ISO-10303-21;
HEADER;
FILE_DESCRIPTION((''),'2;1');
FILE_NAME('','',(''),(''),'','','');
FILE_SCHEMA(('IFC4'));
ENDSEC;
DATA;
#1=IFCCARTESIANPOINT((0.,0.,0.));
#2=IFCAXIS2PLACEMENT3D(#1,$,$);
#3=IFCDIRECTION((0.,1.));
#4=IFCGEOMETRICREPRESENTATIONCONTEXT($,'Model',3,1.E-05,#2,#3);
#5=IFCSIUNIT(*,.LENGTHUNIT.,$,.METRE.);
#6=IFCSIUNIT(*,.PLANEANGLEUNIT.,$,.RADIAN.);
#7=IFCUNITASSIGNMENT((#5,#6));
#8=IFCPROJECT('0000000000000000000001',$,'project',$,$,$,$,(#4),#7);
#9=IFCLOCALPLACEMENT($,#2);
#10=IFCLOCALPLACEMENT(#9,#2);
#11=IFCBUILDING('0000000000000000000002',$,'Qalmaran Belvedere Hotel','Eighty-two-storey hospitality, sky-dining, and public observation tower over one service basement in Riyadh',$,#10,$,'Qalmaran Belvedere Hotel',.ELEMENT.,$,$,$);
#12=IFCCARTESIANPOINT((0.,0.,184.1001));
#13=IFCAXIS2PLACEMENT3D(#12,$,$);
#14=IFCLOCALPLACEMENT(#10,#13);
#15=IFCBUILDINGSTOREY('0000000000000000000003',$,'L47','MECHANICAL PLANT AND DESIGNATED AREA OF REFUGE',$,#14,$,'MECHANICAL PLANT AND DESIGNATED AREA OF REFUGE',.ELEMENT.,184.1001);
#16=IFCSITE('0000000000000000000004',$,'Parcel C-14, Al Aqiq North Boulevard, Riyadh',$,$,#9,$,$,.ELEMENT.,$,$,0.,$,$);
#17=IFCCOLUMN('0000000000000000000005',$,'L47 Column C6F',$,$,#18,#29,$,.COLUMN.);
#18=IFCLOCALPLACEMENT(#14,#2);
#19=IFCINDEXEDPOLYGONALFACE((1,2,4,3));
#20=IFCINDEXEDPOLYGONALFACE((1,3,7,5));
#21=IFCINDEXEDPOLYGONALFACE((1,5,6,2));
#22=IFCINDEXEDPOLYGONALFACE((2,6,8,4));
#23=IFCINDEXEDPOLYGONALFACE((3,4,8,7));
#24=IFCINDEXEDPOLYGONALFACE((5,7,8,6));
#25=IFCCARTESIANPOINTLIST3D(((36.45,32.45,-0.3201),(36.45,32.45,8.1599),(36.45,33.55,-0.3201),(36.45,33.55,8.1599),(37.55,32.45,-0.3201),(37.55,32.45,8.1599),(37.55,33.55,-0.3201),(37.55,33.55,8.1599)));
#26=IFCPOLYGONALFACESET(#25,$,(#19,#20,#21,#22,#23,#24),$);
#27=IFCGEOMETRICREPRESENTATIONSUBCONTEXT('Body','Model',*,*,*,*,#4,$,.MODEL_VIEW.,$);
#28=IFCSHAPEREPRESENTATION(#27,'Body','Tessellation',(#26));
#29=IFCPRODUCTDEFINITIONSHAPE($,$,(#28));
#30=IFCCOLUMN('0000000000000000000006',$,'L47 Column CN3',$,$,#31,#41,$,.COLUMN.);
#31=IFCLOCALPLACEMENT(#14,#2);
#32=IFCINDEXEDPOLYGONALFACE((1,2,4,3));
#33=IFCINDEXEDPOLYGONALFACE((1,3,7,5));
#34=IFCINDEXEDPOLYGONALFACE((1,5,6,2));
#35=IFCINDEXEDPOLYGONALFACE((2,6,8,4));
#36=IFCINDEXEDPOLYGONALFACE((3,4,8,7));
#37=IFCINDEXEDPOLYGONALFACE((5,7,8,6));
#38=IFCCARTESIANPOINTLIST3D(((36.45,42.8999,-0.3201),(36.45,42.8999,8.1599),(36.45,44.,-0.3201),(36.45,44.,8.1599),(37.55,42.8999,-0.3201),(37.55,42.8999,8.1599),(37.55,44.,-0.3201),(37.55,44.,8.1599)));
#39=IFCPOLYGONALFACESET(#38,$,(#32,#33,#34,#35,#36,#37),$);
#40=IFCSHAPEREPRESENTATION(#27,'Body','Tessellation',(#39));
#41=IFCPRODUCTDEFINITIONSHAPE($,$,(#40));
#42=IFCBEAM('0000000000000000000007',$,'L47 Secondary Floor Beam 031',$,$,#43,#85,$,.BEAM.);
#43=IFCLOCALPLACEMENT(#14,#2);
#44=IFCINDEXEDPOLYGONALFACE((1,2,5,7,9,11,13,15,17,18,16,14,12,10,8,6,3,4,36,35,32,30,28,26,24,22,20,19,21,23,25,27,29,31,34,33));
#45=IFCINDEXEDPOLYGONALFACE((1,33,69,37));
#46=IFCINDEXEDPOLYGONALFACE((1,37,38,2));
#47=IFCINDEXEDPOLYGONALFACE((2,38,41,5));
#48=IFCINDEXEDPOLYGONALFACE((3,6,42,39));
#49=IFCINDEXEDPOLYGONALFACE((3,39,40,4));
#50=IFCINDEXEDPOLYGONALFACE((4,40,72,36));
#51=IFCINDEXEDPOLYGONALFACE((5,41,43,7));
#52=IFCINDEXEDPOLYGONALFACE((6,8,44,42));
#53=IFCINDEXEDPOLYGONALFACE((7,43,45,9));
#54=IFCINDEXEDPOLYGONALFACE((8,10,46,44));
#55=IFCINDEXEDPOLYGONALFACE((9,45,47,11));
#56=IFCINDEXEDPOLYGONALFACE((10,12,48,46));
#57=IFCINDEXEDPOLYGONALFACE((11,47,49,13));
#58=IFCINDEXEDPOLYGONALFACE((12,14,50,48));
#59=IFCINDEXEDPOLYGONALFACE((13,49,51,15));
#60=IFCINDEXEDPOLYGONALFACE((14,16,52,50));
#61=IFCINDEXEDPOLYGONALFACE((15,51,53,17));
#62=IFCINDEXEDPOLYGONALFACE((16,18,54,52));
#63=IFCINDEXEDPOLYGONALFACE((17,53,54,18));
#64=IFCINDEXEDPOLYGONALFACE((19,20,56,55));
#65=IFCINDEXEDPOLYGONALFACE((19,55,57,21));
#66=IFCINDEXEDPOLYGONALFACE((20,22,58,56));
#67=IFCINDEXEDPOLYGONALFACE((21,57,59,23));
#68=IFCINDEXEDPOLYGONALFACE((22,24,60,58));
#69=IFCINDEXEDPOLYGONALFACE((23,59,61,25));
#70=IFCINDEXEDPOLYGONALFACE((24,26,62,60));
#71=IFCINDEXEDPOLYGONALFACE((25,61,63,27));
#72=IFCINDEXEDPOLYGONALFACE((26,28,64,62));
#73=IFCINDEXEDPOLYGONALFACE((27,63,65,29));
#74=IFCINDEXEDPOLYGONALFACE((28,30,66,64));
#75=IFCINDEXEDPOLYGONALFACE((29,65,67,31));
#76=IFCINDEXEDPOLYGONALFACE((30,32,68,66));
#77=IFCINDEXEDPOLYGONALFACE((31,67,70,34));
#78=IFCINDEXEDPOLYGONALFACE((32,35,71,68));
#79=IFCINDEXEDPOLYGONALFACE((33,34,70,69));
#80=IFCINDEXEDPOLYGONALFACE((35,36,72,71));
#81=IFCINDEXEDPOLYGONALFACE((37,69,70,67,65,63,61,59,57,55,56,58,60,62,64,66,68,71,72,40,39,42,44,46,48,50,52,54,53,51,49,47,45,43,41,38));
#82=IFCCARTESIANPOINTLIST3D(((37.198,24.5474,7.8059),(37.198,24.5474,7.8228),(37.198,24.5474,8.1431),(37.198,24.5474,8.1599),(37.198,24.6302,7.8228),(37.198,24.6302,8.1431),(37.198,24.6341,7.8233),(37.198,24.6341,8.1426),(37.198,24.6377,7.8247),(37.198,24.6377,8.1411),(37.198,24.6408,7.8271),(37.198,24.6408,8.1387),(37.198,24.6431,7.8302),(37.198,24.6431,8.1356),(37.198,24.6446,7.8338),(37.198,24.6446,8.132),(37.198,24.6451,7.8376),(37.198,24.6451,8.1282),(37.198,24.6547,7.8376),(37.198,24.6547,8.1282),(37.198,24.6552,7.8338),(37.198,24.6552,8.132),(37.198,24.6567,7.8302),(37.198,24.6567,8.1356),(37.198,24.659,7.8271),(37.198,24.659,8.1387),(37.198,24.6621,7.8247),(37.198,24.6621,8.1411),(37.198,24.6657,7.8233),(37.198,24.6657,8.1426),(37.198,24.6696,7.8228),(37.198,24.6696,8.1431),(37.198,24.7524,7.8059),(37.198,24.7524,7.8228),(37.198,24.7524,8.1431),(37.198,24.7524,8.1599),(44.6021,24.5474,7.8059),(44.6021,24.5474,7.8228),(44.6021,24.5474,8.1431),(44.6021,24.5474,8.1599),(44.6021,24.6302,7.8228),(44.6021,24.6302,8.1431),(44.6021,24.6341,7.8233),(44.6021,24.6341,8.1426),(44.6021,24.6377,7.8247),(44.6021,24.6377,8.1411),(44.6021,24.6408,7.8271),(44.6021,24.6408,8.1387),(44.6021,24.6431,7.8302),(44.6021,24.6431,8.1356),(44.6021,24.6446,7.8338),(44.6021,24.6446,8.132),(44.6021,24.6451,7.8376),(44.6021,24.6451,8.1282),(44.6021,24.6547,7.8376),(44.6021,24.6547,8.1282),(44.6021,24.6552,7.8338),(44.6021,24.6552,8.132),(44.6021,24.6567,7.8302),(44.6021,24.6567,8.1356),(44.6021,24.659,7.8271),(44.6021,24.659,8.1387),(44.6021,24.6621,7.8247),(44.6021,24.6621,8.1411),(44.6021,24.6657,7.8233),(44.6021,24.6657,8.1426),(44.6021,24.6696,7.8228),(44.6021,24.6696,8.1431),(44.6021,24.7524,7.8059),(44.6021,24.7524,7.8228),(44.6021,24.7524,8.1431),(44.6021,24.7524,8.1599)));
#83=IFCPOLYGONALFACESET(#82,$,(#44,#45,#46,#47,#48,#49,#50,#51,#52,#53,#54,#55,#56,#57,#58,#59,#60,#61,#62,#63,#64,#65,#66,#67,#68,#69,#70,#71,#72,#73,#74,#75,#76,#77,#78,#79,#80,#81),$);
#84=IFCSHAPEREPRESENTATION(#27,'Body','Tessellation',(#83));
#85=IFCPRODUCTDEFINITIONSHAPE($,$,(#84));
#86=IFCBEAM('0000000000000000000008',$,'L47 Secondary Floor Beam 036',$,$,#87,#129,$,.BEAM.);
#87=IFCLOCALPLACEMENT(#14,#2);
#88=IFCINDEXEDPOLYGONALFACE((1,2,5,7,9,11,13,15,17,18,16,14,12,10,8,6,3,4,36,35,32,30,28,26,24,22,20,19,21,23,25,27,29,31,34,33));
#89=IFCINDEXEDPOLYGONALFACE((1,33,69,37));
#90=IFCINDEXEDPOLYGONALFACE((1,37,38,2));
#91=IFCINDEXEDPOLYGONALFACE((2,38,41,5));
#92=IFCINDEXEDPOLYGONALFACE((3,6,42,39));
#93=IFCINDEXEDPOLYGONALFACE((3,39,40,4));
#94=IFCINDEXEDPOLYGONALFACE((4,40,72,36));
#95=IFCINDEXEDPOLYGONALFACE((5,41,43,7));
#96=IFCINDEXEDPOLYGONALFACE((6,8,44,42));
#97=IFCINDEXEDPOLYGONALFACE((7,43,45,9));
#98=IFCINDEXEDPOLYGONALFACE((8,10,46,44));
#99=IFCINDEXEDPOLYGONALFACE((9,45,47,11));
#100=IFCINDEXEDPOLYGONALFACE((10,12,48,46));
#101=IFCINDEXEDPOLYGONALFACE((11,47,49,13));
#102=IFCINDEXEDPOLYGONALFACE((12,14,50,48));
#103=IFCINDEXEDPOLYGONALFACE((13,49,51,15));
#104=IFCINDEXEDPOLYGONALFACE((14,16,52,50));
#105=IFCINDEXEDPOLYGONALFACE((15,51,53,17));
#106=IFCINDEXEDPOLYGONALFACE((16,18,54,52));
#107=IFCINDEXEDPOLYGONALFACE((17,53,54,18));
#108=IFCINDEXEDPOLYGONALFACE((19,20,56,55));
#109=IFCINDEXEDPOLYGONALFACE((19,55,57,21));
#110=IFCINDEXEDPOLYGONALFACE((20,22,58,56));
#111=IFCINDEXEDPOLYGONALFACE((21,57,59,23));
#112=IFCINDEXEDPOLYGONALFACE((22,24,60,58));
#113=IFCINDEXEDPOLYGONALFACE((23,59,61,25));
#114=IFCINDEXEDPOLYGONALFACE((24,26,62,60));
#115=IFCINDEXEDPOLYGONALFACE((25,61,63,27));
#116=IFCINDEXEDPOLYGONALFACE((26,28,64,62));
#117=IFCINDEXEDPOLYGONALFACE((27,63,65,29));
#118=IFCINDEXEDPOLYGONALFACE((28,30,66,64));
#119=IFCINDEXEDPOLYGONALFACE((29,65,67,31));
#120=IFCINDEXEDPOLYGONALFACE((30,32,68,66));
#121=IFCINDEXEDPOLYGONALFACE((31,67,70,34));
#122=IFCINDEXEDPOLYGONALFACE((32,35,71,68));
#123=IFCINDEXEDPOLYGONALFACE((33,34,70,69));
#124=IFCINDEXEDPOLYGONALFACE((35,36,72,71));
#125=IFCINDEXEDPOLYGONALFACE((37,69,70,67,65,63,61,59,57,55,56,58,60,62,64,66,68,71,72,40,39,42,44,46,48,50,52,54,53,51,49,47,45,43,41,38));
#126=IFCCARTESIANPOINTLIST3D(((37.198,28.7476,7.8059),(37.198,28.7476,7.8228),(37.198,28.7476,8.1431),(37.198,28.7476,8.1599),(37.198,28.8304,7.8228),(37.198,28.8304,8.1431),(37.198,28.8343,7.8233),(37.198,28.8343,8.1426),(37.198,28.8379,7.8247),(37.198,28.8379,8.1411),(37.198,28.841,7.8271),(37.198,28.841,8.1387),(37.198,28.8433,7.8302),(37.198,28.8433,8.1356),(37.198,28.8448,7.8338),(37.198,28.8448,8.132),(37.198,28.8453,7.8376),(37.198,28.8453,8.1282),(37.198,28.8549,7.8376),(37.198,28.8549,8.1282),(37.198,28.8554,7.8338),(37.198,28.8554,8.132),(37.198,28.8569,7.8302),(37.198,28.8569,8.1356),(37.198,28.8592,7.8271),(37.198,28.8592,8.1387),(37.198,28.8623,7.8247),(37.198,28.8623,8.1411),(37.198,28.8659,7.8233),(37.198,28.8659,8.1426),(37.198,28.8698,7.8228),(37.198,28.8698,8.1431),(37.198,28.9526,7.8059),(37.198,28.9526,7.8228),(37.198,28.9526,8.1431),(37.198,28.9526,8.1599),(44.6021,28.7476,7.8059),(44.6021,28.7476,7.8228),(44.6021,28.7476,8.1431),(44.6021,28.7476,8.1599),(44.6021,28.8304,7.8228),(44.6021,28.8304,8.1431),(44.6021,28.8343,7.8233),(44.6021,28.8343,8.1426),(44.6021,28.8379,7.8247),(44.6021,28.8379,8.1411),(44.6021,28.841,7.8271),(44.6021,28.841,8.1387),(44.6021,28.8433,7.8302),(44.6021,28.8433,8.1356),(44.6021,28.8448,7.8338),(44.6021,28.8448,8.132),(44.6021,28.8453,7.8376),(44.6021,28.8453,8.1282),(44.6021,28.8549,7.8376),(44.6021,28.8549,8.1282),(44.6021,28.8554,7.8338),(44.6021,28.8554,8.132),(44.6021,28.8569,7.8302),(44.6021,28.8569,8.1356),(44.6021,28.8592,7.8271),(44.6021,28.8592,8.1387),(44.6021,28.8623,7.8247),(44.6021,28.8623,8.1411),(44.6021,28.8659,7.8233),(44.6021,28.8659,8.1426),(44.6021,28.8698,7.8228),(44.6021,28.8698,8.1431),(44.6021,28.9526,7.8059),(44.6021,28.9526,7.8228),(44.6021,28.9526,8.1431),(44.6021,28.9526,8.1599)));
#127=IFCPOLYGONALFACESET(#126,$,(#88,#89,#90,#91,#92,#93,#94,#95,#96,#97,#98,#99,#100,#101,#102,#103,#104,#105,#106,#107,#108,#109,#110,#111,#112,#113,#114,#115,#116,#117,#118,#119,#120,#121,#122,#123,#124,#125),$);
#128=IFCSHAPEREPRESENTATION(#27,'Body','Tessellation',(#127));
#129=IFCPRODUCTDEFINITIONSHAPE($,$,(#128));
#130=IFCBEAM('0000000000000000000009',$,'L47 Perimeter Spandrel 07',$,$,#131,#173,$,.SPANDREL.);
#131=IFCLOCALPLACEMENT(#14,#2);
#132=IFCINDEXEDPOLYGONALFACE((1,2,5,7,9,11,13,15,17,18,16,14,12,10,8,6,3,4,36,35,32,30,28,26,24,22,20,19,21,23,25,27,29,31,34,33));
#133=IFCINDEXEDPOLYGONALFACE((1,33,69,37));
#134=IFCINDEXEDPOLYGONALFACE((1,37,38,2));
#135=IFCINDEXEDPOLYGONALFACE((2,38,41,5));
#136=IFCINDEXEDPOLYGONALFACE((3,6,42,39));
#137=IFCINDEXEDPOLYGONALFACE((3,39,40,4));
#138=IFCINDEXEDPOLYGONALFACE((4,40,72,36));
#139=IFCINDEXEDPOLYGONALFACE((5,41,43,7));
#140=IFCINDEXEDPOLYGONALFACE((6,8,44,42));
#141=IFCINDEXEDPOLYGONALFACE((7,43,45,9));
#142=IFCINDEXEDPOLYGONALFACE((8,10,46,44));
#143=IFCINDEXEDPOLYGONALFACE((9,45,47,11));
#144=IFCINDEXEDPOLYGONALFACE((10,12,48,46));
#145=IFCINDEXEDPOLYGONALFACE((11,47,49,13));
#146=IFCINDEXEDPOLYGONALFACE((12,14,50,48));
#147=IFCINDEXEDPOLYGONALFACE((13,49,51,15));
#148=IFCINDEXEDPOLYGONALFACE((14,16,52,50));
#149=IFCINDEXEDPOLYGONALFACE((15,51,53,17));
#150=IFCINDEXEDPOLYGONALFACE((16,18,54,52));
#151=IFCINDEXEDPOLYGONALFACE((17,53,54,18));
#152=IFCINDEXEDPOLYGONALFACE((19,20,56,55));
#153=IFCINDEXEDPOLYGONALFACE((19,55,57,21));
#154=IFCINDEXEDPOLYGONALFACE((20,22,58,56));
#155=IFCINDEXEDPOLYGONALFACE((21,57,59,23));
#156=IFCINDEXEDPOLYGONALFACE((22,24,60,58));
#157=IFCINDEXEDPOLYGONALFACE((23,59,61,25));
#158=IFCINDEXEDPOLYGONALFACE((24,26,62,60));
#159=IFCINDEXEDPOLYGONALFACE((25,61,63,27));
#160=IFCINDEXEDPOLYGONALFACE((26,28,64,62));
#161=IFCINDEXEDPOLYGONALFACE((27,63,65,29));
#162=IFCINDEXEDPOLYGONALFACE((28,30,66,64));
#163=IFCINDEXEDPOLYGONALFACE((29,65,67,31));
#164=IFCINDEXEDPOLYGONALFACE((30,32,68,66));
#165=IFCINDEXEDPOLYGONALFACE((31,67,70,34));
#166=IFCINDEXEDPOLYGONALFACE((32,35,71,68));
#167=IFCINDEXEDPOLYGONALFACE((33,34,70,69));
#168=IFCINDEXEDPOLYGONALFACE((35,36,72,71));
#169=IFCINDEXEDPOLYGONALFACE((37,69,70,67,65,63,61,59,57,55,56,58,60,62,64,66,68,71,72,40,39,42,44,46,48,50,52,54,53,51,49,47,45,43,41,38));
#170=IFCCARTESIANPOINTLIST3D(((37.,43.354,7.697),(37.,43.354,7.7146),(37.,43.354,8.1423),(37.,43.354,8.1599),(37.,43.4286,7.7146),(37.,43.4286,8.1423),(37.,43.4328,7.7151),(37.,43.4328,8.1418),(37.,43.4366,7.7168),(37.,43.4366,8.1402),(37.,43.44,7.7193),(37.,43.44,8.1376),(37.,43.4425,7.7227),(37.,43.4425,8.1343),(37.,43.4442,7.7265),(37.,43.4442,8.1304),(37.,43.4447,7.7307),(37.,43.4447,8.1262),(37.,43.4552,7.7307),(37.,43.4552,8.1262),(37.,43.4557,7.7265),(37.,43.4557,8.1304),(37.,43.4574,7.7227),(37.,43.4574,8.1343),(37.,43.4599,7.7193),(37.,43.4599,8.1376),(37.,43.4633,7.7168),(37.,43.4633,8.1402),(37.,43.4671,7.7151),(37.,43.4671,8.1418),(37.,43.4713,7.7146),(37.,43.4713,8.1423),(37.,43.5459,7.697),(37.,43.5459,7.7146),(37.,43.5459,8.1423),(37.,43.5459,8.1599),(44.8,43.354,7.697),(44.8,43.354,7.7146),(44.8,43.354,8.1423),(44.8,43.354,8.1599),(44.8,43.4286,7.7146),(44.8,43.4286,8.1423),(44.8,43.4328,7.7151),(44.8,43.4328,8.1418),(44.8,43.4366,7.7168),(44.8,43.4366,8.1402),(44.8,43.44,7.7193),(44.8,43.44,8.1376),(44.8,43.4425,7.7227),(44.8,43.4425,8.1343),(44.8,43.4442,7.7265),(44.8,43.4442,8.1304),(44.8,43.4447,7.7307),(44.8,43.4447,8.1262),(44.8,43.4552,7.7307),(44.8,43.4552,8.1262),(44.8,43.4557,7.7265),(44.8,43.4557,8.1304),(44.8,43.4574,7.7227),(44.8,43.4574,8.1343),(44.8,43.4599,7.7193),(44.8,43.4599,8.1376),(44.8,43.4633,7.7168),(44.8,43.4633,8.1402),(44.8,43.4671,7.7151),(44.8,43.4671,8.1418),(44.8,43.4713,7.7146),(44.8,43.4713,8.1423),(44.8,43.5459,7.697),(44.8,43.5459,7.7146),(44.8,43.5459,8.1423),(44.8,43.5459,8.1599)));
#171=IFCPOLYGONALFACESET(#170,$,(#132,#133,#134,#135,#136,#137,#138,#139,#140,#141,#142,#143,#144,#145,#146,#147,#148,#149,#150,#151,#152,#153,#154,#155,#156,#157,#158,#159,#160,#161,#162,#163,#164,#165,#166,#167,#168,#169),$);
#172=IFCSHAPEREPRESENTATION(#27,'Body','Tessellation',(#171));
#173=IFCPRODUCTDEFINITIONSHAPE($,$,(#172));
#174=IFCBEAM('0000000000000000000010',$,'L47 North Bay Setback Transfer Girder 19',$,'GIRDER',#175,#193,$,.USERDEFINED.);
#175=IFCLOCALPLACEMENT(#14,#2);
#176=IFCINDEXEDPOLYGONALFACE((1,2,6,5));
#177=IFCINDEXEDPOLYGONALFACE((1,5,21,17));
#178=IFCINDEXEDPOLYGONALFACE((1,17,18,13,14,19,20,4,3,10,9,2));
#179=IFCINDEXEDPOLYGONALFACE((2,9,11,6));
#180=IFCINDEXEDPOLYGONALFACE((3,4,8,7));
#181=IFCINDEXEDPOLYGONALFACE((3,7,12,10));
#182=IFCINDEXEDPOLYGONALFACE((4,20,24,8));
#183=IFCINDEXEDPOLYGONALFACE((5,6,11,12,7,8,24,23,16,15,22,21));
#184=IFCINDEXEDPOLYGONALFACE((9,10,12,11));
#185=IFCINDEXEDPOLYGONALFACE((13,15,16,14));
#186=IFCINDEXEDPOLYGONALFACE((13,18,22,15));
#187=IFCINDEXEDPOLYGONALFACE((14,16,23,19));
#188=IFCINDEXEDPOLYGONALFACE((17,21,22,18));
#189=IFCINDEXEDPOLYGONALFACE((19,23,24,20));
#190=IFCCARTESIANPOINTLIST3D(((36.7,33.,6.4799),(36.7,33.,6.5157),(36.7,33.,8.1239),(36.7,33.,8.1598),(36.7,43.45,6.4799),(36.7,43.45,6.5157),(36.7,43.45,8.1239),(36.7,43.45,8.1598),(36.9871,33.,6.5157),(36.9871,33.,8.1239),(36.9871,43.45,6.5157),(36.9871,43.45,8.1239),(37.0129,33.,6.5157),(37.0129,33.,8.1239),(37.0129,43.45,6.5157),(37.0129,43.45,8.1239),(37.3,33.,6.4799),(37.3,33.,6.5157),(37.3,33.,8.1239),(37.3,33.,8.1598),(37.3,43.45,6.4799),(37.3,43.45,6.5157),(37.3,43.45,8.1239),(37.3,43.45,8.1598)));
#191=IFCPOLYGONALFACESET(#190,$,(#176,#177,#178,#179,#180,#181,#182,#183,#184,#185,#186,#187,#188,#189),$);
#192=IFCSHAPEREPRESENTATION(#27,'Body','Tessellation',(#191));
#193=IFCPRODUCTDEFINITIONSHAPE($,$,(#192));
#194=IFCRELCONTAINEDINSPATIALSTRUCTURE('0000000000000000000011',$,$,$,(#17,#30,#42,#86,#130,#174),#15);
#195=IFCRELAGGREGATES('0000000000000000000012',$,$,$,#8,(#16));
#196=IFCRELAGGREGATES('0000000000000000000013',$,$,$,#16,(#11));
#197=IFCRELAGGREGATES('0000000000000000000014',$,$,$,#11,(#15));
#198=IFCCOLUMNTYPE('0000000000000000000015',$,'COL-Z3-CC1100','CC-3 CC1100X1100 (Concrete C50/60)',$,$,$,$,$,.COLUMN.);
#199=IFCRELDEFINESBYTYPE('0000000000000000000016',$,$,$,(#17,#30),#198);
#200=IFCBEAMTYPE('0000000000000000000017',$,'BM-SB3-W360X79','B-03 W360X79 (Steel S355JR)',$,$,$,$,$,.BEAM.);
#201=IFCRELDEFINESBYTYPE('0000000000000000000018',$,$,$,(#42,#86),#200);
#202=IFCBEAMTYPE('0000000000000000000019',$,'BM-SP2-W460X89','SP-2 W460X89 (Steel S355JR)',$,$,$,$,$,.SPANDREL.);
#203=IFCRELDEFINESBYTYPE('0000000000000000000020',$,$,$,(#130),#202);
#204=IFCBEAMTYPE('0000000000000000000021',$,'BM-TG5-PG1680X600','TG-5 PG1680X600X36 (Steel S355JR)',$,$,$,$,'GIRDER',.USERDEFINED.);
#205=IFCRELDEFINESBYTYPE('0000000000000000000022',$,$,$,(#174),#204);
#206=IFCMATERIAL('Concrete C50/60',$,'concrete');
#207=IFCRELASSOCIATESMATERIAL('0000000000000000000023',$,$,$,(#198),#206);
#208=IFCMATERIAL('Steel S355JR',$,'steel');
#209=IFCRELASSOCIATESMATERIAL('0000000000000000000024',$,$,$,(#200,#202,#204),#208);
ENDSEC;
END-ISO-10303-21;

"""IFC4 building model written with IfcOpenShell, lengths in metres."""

from ifc_helpers import new_model, si_unit, direction, frame, origin, origin_2d, place, context, subcontext, project, spatial, rectangle, i_section, extrude, material, material_profile, profile_set, type_object, element, save


model = new_model("IFC4")

# Units and contexts
model_context = context("Model", 3, precision=1e-05, world=origin(), true_north=direction((0.0, 1.0)))
body_context = subcontext(model_context, "Body", "Model", "MODEL_VIEW")
ifc_project = project(units=[si_unit("LENGTHUNIT", "METRE"), si_unit("PLANEANGLEUNIT", "RADIAN")], contexts=[model_context])

# Site, building, storey
site_placement = place(None, origin())
site = spatial("IfcSite", under=ifc_project, at=site_placement, Name="Parcel C-14, Al Aqiq North Boulevard, Riyadh", CompositionType="ELEMENT", RefElevation=0.0)
building_placement = place(site_placement, origin())
building = spatial("IfcBuilding", under=site, at=building_placement, Name="Qalmaran Belvedere Hotel", Description="Eighty-two-storey hospitality, sky-dining, and public observation tower over one service basement in Riyadh", LongName="Qalmaran Belvedere Hotel", CompositionType="ELEMENT")
storey_placement = place(building_placement, frame((0.0, 0.0, 184.1001)))
storey = spatial("IfcBuildingStorey", under=building, at=storey_placement, Name="L47", Description="MECHANICAL PLANT AND DESIGNATED AREA OF REFUGE", LongName="MECHANICAL PLANT AND DESIGNATED AREA OF REFUGE", CompositionType="ELEMENT", Elevation=184.1001)

# Columns
ifc_material_1 = material(Name="Concrete C50/60", Category="concrete")
ifc_material_profile_1 = material_profile(ifc_material_1, rectangle(XDim=1.1001, YDim=1.1001, at=origin_2d()), Name="CC1100X1100")
ifc_profile_set_1 = profile_set([ifc_material_profile_1], Name="Concrete C50/60")
column_type = type_object("IfcColumnType", Name="COL-Z3-CC1100", Description="CC-3 CC1100X1100 (Concrete C50/60)", PredefinedType="COLUMN", material=ifc_profile_set_1)
for number, where, z_axis, x_axis, name in (
    (1, (37.0, 33.0, -0.3201), (0.0, 0.0, 1.0), (1.0, 0.0, 0.0), "L47 Column C6F"),
    (2, (37.0, 43.45, -0.3201), (0.0, 0.0, 1.0), (1.0, 0.0, 0.0), "L47 Column CN3"),
):
    element("IfcColumn", number, at=place(storey_placement, frame(where, z_axis=z_axis, x_axis=x_axis)), inside=storey, type_object=column_type, Name=name, PredefinedType="COLUMN", context=body_context, shape_type="SweptSolid", body=[
        extrude(rectangle(XDim=1.1001, YDim=1.1001, at=origin_2d()), origin(), (0.0, 0.0, 1.0), 8.48),
    ])

# Beams
ifc_material_2 = material(Name="Steel S355JR", Category="steel")
ifc_material_profile_2 = material_profile(ifc_material_2, i_section(OverallWidth=0.2051, OverallDepth=0.354, WebThickness=0.0095, FlangeThickness=0.0168, FilletRadius=0.0149, at=origin_2d()), Name="W360X79")
ifc_profile_set_2 = profile_set([ifc_material_profile_2], Name="Steel S355JR")
beam_type_1 = type_object("IfcBeamType", Name="BM-SB3-W360X79", Description="B-03 W360X79 (Steel S355JR)", PredefinedType="BEAM", material=ifc_profile_set_2)
for number, where, z_axis, x_axis, name in (
    (3, (37.198, 24.6499, 7.9829), (1.0, 0.0, 0.0), (0.0, 1.0, 0.0), "L47 Secondary Floor Beam 031"),
    (4, (37.198, 28.8501, 7.9829), (1.0, 0.0, 0.0), (0.0, 1.0, 0.0), "L47 Secondary Floor Beam 036"),
):
    element("IfcBeam", number, at=place(storey_placement, frame(where, z_axis=z_axis, x_axis=x_axis)), inside=storey, type_object=beam_type_1, Name=name, PredefinedType="BEAM", context=body_context, shape_type="SweptSolid", body=[
        extrude(i_section(OverallWidth=0.2051, OverallDepth=0.354, WebThickness=0.0095, FlangeThickness=0.0168, FilletRadius=0.0149, at=origin_2d()), origin(), (0.0, 0.0, 1.0), 7.4041),
    ])
ifc_material_profile_3 = material_profile(ifc_material_2, i_section(OverallWidth=0.1919, OverallDepth=0.4629, WebThickness=0.0105, FlangeThickness=0.0176, FilletRadius=0.0161, at=origin_2d()), Name="W460X89")
ifc_profile_set_3 = profile_set([ifc_material_profile_3], Name="Steel S355JR")
beam_type_2 = type_object("IfcBeamType", Name="BM-SP2-W460X89", Description="SP-2 W460X89 (Steel S355JR)", PredefinedType="SPANDREL", material=ifc_profile_set_3)
beam_1_placement = place(storey_placement, frame((37.0, 43.45, 7.9285), z_axis=(1.0, 0.0, 0.0), x_axis=(0.0, 1.0, 0.0)))
element("IfcBeam", 5, at=beam_1_placement, inside=storey, type_object=beam_type_2, Name="L47 Perimeter Spandrel 07", PredefinedType="SPANDREL", context=body_context, shape_type="SweptSolid", body=[
    extrude(i_section(OverallWidth=0.1919, OverallDepth=0.4629, WebThickness=0.0105, FlangeThickness=0.0176, FilletRadius=0.0161, at=origin_2d()), origin(), (0.0, 0.0, 1.0), 7.8),
])
ifc_material_profile_4 = material_profile(ifc_material_2, i_section(OverallWidth=0.6001, OverallDepth=1.6799, WebThickness=0.0259, FlangeThickness=0.0359, at=origin_2d()), Name="PG1680X600X36")
ifc_profile_set_4 = profile_set([ifc_material_profile_4], Name="Steel S355JR")
beam_type_3 = type_object("IfcBeamType", Name="BM-TG5-PG1680X600", Description="TG-5 PG1680X600X36 (Steel S355JR)", ElementType="GIRDER", PredefinedType="USERDEFINED", material=ifc_profile_set_4)
beam_2_placement = place(storey_placement, frame((37.0, 33.0, 7.3198), z_axis=(0.0, 1.0, 0.0), x_axis=(-1.0, 0.0, 0.0)))
element("IfcBeam", 6, at=beam_2_placement, inside=storey, type_object=beam_type_3, Name="L47 North Bay Setback Transfer Girder 19", ObjectType="GIRDER", PredefinedType="USERDEFINED", context=body_context, shape_type="SweptSolid", body=[
    extrude(i_section(OverallWidth=0.6001, OverallDepth=1.6799, WebThickness=0.0259, FlangeThickness=0.0359, at=origin_2d()), origin(), (0.0, 0.0, 1.0), 10.45),
])

save(model, "model.ifc")
